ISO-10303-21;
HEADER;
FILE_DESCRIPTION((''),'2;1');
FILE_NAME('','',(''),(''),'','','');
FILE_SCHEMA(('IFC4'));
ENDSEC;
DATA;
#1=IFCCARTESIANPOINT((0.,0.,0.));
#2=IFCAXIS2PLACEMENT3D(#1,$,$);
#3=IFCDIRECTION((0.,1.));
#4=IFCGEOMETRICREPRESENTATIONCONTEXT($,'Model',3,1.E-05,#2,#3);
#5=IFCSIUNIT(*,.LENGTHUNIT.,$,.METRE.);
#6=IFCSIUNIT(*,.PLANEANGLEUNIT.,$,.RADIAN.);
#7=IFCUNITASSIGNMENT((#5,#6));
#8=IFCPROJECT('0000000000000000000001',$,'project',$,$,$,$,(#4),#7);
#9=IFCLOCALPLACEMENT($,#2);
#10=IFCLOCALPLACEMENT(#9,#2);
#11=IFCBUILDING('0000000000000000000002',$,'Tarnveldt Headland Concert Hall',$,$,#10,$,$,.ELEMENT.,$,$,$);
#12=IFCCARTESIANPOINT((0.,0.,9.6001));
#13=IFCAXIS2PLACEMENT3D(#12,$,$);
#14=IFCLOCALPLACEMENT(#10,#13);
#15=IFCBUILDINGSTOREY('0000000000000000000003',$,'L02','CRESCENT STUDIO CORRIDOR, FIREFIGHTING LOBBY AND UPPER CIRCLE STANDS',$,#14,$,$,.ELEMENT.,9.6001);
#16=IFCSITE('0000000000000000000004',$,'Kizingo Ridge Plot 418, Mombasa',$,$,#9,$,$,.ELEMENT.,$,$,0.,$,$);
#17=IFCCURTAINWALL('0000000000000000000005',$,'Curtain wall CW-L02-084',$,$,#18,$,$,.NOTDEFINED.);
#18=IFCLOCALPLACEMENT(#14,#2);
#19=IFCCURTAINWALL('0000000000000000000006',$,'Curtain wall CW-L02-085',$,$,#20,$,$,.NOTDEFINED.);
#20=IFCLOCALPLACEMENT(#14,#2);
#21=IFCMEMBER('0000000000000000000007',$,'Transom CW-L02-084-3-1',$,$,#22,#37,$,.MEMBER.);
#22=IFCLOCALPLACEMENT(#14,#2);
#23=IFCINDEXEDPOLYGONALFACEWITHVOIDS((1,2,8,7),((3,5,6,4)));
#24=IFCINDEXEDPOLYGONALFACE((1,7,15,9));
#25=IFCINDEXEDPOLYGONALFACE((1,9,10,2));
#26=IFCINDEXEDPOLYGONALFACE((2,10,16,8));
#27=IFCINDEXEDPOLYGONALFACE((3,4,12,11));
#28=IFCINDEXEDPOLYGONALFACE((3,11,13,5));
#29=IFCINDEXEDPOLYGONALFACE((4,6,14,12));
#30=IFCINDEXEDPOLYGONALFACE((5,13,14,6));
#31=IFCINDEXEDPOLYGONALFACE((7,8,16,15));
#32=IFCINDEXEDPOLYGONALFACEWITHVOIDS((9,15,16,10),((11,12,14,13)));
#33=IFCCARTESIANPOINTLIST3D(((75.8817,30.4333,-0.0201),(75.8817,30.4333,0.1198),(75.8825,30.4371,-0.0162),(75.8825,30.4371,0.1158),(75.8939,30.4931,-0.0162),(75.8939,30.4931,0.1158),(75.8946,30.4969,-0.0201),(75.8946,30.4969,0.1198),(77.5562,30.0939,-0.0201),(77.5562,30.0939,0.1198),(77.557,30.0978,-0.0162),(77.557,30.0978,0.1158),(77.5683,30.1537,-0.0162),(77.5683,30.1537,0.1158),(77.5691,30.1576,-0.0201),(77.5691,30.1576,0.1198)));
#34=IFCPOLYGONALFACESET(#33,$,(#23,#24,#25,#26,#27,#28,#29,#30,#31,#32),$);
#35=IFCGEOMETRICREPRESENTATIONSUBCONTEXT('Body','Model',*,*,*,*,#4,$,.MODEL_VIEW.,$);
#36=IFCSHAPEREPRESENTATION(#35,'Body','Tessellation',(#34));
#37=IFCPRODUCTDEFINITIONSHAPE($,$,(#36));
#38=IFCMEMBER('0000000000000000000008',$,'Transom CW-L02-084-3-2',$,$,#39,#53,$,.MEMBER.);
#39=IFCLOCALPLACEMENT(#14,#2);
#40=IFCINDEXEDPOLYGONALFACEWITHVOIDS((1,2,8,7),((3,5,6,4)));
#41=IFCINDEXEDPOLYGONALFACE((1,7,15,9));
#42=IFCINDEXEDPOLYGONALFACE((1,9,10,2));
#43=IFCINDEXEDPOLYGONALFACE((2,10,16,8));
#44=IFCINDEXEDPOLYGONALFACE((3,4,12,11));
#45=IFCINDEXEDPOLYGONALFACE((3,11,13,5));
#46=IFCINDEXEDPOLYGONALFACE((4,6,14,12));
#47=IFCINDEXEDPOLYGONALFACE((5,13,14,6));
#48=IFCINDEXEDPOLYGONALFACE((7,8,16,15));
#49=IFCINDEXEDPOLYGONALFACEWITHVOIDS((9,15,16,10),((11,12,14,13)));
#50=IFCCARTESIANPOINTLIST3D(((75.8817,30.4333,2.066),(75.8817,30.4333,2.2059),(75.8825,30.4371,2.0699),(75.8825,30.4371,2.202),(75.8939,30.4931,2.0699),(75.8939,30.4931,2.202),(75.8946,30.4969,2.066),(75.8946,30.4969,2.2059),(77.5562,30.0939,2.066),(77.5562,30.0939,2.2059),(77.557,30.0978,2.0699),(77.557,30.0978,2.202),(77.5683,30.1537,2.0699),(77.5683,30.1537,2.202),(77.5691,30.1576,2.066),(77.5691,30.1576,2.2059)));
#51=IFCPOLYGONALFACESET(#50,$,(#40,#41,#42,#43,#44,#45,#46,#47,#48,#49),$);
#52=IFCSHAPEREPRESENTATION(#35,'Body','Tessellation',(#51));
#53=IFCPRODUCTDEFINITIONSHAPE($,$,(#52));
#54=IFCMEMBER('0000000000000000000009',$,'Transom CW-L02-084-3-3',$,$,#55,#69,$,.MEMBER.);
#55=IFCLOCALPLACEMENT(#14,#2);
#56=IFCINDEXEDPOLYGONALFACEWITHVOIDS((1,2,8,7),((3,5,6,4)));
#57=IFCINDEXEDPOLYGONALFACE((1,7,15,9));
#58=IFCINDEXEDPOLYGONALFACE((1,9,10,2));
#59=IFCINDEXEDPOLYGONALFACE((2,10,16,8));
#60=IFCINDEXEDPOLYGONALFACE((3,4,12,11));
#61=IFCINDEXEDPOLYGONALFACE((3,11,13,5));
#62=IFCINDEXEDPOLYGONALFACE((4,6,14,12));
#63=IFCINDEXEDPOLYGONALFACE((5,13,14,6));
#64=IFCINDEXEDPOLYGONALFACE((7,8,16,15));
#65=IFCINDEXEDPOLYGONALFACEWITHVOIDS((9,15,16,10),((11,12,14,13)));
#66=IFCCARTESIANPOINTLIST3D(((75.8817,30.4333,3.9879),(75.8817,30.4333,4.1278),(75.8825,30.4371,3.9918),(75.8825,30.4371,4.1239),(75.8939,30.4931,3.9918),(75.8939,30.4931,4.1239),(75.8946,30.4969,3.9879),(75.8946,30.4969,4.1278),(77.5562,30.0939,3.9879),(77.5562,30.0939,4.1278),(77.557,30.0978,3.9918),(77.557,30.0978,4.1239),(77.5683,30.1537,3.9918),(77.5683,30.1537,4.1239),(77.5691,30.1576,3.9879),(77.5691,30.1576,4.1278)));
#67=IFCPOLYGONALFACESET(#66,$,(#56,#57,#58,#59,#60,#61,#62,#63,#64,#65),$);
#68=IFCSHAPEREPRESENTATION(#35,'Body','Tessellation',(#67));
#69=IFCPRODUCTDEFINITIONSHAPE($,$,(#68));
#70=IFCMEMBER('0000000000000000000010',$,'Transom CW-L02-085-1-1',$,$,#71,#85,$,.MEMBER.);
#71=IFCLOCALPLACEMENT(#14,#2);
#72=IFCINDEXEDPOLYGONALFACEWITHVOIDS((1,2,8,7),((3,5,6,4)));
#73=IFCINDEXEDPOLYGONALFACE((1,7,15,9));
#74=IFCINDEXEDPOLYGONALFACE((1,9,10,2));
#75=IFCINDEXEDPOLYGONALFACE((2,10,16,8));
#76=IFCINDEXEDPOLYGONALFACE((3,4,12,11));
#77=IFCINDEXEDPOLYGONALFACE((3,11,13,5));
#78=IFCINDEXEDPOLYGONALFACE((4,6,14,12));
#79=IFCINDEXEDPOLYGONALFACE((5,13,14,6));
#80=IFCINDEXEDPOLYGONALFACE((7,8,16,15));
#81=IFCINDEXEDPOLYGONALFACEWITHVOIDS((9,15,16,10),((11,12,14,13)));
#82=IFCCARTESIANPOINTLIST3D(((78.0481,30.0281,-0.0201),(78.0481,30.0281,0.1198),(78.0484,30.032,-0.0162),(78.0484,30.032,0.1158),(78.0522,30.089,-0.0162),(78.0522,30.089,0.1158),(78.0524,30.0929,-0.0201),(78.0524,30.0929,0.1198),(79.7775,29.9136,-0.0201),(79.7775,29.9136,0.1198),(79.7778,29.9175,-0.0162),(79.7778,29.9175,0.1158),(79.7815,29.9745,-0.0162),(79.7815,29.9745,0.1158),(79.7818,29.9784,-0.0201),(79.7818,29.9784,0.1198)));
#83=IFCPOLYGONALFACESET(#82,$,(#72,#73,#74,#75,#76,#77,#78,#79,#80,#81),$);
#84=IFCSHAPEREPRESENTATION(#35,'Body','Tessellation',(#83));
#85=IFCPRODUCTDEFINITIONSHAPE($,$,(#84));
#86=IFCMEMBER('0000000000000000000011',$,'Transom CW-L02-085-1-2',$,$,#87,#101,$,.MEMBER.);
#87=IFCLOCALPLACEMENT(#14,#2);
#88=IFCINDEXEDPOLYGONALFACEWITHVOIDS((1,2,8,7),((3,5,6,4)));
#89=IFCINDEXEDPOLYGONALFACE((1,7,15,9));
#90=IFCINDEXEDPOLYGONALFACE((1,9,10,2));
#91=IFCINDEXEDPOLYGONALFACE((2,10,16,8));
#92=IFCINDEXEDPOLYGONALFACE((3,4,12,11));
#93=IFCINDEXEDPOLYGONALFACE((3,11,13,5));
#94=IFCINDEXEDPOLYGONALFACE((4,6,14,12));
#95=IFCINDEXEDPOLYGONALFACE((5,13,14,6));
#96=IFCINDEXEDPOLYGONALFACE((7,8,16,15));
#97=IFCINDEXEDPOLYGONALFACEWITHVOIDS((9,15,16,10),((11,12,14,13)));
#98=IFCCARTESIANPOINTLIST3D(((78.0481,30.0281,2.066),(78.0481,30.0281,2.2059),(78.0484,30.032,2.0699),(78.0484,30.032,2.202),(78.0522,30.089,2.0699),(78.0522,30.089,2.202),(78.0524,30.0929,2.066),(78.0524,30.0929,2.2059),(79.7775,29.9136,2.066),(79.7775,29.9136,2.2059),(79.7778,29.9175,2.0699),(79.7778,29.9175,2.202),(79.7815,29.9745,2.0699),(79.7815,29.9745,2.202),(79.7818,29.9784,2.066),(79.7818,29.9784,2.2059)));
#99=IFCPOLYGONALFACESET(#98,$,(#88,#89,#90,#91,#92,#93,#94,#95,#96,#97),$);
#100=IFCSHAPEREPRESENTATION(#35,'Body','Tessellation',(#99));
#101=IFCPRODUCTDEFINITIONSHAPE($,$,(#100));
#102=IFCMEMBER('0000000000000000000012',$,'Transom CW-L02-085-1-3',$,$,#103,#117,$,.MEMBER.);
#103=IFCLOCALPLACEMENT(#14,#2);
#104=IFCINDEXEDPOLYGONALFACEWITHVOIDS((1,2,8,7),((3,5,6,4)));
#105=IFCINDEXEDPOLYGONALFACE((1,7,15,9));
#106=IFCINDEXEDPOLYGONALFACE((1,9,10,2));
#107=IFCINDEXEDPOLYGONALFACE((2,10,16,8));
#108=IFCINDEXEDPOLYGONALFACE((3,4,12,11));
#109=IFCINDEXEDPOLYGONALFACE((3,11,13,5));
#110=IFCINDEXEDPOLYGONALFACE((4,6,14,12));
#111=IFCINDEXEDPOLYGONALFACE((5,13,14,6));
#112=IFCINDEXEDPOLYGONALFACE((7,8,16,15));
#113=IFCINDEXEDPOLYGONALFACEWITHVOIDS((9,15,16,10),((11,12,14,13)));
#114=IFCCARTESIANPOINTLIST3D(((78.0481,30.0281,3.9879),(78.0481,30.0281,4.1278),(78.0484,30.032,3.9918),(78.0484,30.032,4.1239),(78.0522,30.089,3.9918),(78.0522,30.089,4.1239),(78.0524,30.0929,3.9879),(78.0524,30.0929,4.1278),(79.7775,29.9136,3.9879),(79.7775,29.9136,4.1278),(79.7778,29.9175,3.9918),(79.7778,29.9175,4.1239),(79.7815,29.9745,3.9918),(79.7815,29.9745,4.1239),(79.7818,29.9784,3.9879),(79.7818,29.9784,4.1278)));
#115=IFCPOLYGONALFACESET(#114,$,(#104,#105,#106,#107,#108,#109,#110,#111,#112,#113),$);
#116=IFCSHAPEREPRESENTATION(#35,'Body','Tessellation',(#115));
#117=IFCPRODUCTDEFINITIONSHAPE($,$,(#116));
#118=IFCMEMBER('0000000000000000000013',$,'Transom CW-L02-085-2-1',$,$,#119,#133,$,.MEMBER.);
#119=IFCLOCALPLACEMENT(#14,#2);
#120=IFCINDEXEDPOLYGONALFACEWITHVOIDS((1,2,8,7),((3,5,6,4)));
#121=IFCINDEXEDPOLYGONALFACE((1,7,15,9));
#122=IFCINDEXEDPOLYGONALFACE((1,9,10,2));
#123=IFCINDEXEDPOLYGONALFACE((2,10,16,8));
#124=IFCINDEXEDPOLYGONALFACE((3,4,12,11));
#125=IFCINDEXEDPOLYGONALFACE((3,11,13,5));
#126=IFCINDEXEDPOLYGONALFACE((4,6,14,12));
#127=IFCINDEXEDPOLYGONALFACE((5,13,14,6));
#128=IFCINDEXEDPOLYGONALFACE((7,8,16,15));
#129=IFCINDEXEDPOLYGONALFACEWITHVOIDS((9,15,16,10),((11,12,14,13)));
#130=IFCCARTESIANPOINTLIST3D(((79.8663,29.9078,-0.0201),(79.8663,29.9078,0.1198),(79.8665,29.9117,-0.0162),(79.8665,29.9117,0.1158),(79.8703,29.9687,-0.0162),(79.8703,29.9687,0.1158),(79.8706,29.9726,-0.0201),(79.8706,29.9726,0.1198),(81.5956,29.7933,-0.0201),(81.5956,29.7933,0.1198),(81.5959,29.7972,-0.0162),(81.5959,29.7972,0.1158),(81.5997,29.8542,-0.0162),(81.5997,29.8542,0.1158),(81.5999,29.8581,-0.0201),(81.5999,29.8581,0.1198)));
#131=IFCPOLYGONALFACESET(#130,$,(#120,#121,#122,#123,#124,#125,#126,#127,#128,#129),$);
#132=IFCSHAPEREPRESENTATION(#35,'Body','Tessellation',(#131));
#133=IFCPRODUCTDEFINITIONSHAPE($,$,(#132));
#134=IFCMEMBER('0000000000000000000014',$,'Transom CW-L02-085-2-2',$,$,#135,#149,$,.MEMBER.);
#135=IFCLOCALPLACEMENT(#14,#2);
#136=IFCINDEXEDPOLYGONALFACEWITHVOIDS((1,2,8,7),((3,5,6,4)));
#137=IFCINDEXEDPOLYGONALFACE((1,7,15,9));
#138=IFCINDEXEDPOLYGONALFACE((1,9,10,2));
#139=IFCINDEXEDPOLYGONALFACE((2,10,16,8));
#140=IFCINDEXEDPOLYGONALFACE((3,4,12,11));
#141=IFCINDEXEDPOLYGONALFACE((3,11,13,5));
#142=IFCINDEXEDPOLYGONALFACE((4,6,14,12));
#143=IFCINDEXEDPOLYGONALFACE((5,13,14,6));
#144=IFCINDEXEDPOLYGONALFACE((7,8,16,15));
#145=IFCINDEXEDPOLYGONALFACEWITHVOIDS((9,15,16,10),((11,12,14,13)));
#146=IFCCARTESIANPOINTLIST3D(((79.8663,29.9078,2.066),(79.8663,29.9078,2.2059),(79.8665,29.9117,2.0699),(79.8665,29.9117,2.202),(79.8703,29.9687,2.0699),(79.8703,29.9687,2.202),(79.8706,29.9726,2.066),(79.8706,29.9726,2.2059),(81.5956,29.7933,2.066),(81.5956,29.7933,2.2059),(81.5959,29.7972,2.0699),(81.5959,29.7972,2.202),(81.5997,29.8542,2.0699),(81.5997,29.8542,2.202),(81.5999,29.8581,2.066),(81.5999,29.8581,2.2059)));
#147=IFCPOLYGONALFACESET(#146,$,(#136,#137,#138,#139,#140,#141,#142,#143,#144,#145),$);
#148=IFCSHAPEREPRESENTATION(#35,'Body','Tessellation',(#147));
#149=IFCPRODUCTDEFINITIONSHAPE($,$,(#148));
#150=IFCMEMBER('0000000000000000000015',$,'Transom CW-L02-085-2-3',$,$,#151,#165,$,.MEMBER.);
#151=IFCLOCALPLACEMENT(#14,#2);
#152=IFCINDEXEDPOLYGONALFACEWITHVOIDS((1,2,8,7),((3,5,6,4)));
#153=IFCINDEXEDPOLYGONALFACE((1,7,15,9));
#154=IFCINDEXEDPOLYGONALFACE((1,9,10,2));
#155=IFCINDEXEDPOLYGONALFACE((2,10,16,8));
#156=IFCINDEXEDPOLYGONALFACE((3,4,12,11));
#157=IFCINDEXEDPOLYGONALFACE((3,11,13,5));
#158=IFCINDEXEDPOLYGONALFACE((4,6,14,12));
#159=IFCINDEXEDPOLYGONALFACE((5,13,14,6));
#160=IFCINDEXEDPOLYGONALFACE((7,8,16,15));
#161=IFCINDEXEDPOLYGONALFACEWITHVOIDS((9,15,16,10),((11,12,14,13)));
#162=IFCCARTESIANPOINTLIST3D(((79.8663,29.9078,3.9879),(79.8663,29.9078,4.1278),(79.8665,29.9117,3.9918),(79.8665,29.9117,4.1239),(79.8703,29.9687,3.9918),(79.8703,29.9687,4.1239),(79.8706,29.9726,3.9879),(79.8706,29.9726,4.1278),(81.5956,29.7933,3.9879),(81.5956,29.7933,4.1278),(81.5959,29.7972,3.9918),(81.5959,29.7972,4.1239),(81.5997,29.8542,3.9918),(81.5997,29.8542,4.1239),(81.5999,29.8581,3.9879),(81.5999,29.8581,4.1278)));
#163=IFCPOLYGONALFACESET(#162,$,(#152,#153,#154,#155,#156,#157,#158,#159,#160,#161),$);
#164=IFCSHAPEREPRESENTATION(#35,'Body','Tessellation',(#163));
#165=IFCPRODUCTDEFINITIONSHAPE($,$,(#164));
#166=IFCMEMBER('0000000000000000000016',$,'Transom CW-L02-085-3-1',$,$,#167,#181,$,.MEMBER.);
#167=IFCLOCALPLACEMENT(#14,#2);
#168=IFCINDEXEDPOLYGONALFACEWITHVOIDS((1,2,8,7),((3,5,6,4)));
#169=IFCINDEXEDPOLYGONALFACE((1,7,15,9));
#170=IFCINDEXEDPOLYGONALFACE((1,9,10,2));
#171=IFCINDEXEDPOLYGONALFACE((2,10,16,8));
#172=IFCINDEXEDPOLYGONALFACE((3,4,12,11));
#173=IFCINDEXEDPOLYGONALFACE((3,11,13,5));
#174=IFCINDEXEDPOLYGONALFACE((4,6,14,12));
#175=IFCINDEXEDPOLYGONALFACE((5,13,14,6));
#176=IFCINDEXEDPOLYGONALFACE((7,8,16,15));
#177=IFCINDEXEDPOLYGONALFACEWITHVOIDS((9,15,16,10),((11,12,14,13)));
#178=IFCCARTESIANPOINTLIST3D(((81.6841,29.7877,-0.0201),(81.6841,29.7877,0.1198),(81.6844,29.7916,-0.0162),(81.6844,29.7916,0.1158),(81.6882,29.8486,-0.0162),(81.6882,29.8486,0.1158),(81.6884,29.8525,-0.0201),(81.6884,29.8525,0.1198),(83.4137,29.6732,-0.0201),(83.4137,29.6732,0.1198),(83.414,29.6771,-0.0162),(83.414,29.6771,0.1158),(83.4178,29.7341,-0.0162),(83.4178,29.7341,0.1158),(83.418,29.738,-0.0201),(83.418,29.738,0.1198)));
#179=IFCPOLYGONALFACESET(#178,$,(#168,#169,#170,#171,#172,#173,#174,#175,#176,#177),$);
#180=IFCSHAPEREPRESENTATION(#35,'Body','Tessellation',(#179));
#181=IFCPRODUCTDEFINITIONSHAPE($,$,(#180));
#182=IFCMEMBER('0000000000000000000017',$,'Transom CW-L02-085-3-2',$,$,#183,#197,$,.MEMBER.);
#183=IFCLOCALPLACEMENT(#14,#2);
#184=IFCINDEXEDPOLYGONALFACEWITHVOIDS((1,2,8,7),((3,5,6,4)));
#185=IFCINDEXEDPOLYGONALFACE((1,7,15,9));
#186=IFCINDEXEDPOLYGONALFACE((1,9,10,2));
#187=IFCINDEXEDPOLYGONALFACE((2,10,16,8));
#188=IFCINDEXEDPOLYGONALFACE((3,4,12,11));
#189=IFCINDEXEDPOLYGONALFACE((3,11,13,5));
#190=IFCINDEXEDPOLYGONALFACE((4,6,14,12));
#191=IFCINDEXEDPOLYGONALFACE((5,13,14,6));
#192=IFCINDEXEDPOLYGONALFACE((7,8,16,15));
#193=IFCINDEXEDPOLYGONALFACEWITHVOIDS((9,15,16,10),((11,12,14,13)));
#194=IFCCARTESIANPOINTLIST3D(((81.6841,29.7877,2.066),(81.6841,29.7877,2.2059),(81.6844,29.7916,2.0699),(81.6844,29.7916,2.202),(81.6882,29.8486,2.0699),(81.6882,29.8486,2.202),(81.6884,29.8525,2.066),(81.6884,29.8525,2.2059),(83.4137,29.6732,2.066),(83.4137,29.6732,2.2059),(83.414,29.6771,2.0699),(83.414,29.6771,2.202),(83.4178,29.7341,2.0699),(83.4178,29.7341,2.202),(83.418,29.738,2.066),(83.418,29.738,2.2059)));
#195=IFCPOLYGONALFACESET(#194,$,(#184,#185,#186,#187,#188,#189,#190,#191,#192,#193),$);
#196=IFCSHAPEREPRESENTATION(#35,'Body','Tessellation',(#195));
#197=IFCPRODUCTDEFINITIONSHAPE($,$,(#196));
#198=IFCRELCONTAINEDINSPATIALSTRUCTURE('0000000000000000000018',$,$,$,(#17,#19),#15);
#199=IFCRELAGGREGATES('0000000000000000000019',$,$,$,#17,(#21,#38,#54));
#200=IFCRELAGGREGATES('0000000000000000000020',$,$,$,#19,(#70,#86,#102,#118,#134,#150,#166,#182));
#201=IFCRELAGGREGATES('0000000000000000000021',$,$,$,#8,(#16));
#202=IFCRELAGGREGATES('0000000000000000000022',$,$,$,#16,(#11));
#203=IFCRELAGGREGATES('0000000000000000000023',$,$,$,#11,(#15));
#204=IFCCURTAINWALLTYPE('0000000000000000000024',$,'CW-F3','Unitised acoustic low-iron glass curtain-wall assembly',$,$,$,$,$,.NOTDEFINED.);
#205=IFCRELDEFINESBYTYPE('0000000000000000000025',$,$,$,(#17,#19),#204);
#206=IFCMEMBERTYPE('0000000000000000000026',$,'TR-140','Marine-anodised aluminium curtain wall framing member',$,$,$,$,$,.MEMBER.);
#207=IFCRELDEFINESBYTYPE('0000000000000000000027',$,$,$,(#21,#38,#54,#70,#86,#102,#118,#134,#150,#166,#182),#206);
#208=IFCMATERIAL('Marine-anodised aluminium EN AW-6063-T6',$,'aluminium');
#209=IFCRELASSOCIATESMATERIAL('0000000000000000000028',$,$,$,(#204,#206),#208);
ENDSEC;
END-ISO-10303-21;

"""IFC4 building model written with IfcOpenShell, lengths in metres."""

from ifc_helpers import new_model, si_unit, direction, frame, origin, origin_2d, place, context, subcontext, project, spatial, hollow_rectangle, extrude, material, material_profile, profile_set, type_object, element, aggregate, save


model = new_model("IFC4")

# Units and contexts
model_context = context("Model", 3, precision=1e-05, world=origin(), true_north=direction((0.0, 1.0)))
body_context = subcontext(model_context, "Body", "Model", "MODEL_VIEW")
ifc_project = project(units=[si_unit("LENGTHUNIT", "METRE"), si_unit("PLANEANGLEUNIT", "RADIAN")], contexts=[model_context])

# Site, building, storey
site_placement = place(None, origin())
site = spatial("IfcSite", under=ifc_project, at=site_placement, Name="Kizingo Ridge Plot 418, Mombasa", CompositionType="ELEMENT", RefElevation=0.0)
building_placement = place(site_placement, origin())
building = spatial("IfcBuilding", under=site, at=building_placement, Name="Tarnveldt Headland Concert Hall", CompositionType="ELEMENT")
storey_placement = place(building_placement, frame((0.0, 0.0, 9.6001)))
storey = spatial("IfcBuildingStorey", under=building, at=storey_placement, Name="L02", Description="CRESCENT STUDIO CORRIDOR, FIREFIGHTING LOBBY AND UPPER CIRCLE STANDS", CompositionType="ELEMENT", Elevation=9.6001)

# Curtain walls
ifc_material_1 = material(Name="Marine-anodised aluminium EN AW-6063-T6", Category="aluminium")
curtain_wall_type = type_object("IfcCurtainWallType", Name="CW-F3", Description="Unitised acoustic low-iron glass curtain-wall assembly", PredefinedType="NOTDEFINED", material=ifc_material_1)
curtain_wall_1_placement = place(storey_placement, origin())
curtain_wall_1 = element("IfcCurtainWall", 1, at=curtain_wall_1_placement, inside=storey, type_object=curtain_wall_type, Name="Curtain wall CW-L02-084", PredefinedType="NOTDEFINED")
curtain_wall_2_placement = place(storey_placement, origin())
curtain_wall_2 = element("IfcCurtainWall", 2, at=curtain_wall_2_placement, inside=storey, type_object=curtain_wall_type, Name="Curtain wall CW-L02-085", PredefinedType="NOTDEFINED")

# Members
ifc_material_profile_1 = material_profile(ifc_material_1, hollow_rectangle(XDim=0.0649, YDim=0.1399, WallThickness=0.0039, at=origin_2d()), Name="ALU TRANSOM 65x140x4", Category="aluminium")
ifc_profile_set_1 = profile_set([ifc_material_profile_1], Name="Marine-anodised aluminium EN AW-6063-T6")
member_type_1 = type_object("IfcMemberType", Name="TR-140", Description="Marine-anodised aluminium curtain wall framing member", PredefinedType="MEMBER", material=ifc_profile_set_1)
member_1_placement = place(storey_placement, frame((75.8882, 30.4651, 0.0498), z_axis=(0.980077, -0.198616, 0.0), x_axis=(0.198616, 0.980077, 0.0)))
member_1 = element("IfcMember", 3, at=member_1_placement, type_object=member_type_1, Name="Transom CW-L02-084-3-1", PredefinedType="MEMBER", context=body_context, shape_type="SweptSolid", body=[
    extrude(hollow_rectangle(XDim=0.0649, YDim=0.1399, WallThickness=0.0039, at=origin_2d()), origin(), (0.0, 0.0, 1.0), 1.7085),
])
member_2_placement = place(storey_placement, frame((75.8882, 30.4651, 2.136), z_axis=(0.980077, -0.198616, 0.0), x_axis=(0.198616, 0.980077, 0.0)))
member_2 = element("IfcMember", 4, at=member_2_placement, type_object=member_type_1, Name="Transom CW-L02-084-3-2", PredefinedType="MEMBER", context=body_context, shape_type="SweptSolid", body=[
    extrude(hollow_rectangle(XDim=0.0649, YDim=0.1399, WallThickness=0.0039, at=origin_2d()), origin(), (0.0, 0.0, 1.0), 1.7085),
])
member_3_placement = place(storey_placement, frame((75.8882, 30.4651, 4.0579), z_axis=(0.980077, -0.198616, 0.0), x_axis=(0.198616, 0.980077, 0.0)))
member_3 = element("IfcMember", 5, at=member_3_placement, type_object=member_type_1, Name="Transom CW-L02-084-3-3", PredefinedType="MEMBER", context=body_context, shape_type="SweptSolid", body=[
    extrude(hollow_rectangle(XDim=0.0649, YDim=0.1399, WallThickness=0.0039, at=origin_2d()), origin(), (0.0, 0.0, 1.0), 1.7085),
])
member_4_placement = place(storey_placement, frame((78.0503, 30.0605, 0.0498), z_axis=(0.997815, -0.06607, 0.0), x_axis=(0.06607, 0.997815, 0.0)))
member_4 = element("IfcMember", 6, at=member_4_placement, type_object=member_type_1, Name="Transom CW-L02-085-1-1", PredefinedType="MEMBER", context=body_context, shape_type="SweptSolid", body=[
    extrude(hollow_rectangle(XDim=0.0649, YDim=0.1399, WallThickness=0.0039, at=origin_2d()), origin(), (0.0, 0.0, 1.0), 1.7332),
])
member_5_placement = place(storey_placement, frame((78.0503, 30.0605, 2.136), z_axis=(0.997815, -0.06607, 0.0), x_axis=(0.06607, 0.997815, 0.0)))
member_5 = element("IfcMember", 7, at=member_5_placement, type_object=member_type_1, Name="Transom CW-L02-085-1-2", PredefinedType="MEMBER", context=body_context, shape_type="SweptSolid", body=[
    extrude(hollow_rectangle(XDim=0.0649, YDim=0.1399, WallThickness=0.0039, at=origin_2d()), origin(), (0.0, 0.0, 1.0), 1.7332),
])
member_6_placement = place(storey_placement, frame((78.0503, 30.0605, 4.0579), z_axis=(0.997815, -0.06607, 0.0), x_axis=(0.06607, 0.997815, 0.0)))
member_6 = element("IfcMember", 8, at=member_6_placement, type_object=member_type_1, Name="Transom CW-L02-085-1-3", PredefinedType="MEMBER", context=body_context, shape_type="SweptSolid", body=[
    extrude(hollow_rectangle(XDim=0.0649, YDim=0.1399, WallThickness=0.0039, at=origin_2d()), origin(), (0.0, 0.0, 1.0), 1.7332),
])
member_7_placement = place(storey_placement, frame((79.8684, 29.9402, 0.0498), z_axis=(0.997815, -0.06607, 0.0), x_axis=(0.06607, 0.997815, 0.0)))
member_7 = element("IfcMember", 9, at=member_7_placement, type_object=member_type_1, Name="Transom CW-L02-085-2-1", PredefinedType="MEMBER", context=body_context, shape_type="SweptSolid", body=[
    extrude(hollow_rectangle(XDim=0.0649, YDim=0.1399, WallThickness=0.0039, at=origin_2d()), origin(), (0.0, 0.0, 1.0), 1.7332),
])
member_8_placement = place(storey_placement, frame((79.8684, 29.9402, 2.136), z_axis=(0.997815, -0.06607, 0.0), x_axis=(0.06607, 0.997815, 0.0)))
member_8 = element("IfcMember", 10, at=member_8_placement, type_object=member_type_1, Name="Transom CW-L02-085-2-2", PredefinedType="MEMBER", context=body_context, shape_type="SweptSolid", body=[
    extrude(hollow_rectangle(XDim=0.0649, YDim=0.1399, WallThickness=0.0039, at=origin_2d()), origin(), (0.0, 0.0, 1.0), 1.7332),
])
member_9_placement = place(storey_placement, frame((79.8684, 29.9402, 4.0579), z_axis=(0.997815, -0.06607, 0.0), x_axis=(0.06607, 0.997815, 0.0)))
member_9 = element("IfcMember", 11, at=member_9_placement, type_object=member_type_1, Name="Transom CW-L02-085-2-3", PredefinedType="MEMBER", context=body_context, shape_type="SweptSolid", body=[
    extrude(hollow_rectangle(XDim=0.0649, YDim=0.1399, WallThickness=0.0039, at=origin_2d()), origin(), (0.0, 0.0, 1.0), 1.7332),
])
member_10_placement = place(storey_placement, frame((81.6863, 29.8201, 0.0498), z_axis=(0.997816, -0.066061, 0.0), x_axis=(0.066061, 0.997816, 0.0)))
member_10 = element("IfcMember", 12, at=member_10_placement, type_object=member_type_1, Name="Transom CW-L02-085-3-1", PredefinedType="MEMBER", context=body_context, shape_type="SweptSolid", body=[
    extrude(hollow_rectangle(XDim=0.0649, YDim=0.1399, WallThickness=0.0039, at=origin_2d()), origin(), (0.0, 0.0, 1.0), 1.7334),
])
member_11_placement = place(storey_placement, frame((81.6863, 29.8201, 2.136), z_axis=(0.997816, -0.066061, 0.0), x_axis=(0.066061, 0.997816, 0.0)))
member_11 = element("IfcMember", 13, at=member_11_placement, type_object=member_type_1, Name="Transom CW-L02-085-3-2", PredefinedType="MEMBER", context=body_context, shape_type="SweptSolid", body=[
    extrude(hollow_rectangle(XDim=0.0649, YDim=0.1399, WallThickness=0.0039, at=origin_2d()), origin(), (0.0, 0.0, 1.0), 1.7334),
])

aggregate(curtain_wall_1, [member_1, member_2, member_3])
aggregate(curtain_wall_2, [member_4, member_5, member_6, member_7, member_8, member_9, member_10, member_11])

save(model, "model.ifc")
